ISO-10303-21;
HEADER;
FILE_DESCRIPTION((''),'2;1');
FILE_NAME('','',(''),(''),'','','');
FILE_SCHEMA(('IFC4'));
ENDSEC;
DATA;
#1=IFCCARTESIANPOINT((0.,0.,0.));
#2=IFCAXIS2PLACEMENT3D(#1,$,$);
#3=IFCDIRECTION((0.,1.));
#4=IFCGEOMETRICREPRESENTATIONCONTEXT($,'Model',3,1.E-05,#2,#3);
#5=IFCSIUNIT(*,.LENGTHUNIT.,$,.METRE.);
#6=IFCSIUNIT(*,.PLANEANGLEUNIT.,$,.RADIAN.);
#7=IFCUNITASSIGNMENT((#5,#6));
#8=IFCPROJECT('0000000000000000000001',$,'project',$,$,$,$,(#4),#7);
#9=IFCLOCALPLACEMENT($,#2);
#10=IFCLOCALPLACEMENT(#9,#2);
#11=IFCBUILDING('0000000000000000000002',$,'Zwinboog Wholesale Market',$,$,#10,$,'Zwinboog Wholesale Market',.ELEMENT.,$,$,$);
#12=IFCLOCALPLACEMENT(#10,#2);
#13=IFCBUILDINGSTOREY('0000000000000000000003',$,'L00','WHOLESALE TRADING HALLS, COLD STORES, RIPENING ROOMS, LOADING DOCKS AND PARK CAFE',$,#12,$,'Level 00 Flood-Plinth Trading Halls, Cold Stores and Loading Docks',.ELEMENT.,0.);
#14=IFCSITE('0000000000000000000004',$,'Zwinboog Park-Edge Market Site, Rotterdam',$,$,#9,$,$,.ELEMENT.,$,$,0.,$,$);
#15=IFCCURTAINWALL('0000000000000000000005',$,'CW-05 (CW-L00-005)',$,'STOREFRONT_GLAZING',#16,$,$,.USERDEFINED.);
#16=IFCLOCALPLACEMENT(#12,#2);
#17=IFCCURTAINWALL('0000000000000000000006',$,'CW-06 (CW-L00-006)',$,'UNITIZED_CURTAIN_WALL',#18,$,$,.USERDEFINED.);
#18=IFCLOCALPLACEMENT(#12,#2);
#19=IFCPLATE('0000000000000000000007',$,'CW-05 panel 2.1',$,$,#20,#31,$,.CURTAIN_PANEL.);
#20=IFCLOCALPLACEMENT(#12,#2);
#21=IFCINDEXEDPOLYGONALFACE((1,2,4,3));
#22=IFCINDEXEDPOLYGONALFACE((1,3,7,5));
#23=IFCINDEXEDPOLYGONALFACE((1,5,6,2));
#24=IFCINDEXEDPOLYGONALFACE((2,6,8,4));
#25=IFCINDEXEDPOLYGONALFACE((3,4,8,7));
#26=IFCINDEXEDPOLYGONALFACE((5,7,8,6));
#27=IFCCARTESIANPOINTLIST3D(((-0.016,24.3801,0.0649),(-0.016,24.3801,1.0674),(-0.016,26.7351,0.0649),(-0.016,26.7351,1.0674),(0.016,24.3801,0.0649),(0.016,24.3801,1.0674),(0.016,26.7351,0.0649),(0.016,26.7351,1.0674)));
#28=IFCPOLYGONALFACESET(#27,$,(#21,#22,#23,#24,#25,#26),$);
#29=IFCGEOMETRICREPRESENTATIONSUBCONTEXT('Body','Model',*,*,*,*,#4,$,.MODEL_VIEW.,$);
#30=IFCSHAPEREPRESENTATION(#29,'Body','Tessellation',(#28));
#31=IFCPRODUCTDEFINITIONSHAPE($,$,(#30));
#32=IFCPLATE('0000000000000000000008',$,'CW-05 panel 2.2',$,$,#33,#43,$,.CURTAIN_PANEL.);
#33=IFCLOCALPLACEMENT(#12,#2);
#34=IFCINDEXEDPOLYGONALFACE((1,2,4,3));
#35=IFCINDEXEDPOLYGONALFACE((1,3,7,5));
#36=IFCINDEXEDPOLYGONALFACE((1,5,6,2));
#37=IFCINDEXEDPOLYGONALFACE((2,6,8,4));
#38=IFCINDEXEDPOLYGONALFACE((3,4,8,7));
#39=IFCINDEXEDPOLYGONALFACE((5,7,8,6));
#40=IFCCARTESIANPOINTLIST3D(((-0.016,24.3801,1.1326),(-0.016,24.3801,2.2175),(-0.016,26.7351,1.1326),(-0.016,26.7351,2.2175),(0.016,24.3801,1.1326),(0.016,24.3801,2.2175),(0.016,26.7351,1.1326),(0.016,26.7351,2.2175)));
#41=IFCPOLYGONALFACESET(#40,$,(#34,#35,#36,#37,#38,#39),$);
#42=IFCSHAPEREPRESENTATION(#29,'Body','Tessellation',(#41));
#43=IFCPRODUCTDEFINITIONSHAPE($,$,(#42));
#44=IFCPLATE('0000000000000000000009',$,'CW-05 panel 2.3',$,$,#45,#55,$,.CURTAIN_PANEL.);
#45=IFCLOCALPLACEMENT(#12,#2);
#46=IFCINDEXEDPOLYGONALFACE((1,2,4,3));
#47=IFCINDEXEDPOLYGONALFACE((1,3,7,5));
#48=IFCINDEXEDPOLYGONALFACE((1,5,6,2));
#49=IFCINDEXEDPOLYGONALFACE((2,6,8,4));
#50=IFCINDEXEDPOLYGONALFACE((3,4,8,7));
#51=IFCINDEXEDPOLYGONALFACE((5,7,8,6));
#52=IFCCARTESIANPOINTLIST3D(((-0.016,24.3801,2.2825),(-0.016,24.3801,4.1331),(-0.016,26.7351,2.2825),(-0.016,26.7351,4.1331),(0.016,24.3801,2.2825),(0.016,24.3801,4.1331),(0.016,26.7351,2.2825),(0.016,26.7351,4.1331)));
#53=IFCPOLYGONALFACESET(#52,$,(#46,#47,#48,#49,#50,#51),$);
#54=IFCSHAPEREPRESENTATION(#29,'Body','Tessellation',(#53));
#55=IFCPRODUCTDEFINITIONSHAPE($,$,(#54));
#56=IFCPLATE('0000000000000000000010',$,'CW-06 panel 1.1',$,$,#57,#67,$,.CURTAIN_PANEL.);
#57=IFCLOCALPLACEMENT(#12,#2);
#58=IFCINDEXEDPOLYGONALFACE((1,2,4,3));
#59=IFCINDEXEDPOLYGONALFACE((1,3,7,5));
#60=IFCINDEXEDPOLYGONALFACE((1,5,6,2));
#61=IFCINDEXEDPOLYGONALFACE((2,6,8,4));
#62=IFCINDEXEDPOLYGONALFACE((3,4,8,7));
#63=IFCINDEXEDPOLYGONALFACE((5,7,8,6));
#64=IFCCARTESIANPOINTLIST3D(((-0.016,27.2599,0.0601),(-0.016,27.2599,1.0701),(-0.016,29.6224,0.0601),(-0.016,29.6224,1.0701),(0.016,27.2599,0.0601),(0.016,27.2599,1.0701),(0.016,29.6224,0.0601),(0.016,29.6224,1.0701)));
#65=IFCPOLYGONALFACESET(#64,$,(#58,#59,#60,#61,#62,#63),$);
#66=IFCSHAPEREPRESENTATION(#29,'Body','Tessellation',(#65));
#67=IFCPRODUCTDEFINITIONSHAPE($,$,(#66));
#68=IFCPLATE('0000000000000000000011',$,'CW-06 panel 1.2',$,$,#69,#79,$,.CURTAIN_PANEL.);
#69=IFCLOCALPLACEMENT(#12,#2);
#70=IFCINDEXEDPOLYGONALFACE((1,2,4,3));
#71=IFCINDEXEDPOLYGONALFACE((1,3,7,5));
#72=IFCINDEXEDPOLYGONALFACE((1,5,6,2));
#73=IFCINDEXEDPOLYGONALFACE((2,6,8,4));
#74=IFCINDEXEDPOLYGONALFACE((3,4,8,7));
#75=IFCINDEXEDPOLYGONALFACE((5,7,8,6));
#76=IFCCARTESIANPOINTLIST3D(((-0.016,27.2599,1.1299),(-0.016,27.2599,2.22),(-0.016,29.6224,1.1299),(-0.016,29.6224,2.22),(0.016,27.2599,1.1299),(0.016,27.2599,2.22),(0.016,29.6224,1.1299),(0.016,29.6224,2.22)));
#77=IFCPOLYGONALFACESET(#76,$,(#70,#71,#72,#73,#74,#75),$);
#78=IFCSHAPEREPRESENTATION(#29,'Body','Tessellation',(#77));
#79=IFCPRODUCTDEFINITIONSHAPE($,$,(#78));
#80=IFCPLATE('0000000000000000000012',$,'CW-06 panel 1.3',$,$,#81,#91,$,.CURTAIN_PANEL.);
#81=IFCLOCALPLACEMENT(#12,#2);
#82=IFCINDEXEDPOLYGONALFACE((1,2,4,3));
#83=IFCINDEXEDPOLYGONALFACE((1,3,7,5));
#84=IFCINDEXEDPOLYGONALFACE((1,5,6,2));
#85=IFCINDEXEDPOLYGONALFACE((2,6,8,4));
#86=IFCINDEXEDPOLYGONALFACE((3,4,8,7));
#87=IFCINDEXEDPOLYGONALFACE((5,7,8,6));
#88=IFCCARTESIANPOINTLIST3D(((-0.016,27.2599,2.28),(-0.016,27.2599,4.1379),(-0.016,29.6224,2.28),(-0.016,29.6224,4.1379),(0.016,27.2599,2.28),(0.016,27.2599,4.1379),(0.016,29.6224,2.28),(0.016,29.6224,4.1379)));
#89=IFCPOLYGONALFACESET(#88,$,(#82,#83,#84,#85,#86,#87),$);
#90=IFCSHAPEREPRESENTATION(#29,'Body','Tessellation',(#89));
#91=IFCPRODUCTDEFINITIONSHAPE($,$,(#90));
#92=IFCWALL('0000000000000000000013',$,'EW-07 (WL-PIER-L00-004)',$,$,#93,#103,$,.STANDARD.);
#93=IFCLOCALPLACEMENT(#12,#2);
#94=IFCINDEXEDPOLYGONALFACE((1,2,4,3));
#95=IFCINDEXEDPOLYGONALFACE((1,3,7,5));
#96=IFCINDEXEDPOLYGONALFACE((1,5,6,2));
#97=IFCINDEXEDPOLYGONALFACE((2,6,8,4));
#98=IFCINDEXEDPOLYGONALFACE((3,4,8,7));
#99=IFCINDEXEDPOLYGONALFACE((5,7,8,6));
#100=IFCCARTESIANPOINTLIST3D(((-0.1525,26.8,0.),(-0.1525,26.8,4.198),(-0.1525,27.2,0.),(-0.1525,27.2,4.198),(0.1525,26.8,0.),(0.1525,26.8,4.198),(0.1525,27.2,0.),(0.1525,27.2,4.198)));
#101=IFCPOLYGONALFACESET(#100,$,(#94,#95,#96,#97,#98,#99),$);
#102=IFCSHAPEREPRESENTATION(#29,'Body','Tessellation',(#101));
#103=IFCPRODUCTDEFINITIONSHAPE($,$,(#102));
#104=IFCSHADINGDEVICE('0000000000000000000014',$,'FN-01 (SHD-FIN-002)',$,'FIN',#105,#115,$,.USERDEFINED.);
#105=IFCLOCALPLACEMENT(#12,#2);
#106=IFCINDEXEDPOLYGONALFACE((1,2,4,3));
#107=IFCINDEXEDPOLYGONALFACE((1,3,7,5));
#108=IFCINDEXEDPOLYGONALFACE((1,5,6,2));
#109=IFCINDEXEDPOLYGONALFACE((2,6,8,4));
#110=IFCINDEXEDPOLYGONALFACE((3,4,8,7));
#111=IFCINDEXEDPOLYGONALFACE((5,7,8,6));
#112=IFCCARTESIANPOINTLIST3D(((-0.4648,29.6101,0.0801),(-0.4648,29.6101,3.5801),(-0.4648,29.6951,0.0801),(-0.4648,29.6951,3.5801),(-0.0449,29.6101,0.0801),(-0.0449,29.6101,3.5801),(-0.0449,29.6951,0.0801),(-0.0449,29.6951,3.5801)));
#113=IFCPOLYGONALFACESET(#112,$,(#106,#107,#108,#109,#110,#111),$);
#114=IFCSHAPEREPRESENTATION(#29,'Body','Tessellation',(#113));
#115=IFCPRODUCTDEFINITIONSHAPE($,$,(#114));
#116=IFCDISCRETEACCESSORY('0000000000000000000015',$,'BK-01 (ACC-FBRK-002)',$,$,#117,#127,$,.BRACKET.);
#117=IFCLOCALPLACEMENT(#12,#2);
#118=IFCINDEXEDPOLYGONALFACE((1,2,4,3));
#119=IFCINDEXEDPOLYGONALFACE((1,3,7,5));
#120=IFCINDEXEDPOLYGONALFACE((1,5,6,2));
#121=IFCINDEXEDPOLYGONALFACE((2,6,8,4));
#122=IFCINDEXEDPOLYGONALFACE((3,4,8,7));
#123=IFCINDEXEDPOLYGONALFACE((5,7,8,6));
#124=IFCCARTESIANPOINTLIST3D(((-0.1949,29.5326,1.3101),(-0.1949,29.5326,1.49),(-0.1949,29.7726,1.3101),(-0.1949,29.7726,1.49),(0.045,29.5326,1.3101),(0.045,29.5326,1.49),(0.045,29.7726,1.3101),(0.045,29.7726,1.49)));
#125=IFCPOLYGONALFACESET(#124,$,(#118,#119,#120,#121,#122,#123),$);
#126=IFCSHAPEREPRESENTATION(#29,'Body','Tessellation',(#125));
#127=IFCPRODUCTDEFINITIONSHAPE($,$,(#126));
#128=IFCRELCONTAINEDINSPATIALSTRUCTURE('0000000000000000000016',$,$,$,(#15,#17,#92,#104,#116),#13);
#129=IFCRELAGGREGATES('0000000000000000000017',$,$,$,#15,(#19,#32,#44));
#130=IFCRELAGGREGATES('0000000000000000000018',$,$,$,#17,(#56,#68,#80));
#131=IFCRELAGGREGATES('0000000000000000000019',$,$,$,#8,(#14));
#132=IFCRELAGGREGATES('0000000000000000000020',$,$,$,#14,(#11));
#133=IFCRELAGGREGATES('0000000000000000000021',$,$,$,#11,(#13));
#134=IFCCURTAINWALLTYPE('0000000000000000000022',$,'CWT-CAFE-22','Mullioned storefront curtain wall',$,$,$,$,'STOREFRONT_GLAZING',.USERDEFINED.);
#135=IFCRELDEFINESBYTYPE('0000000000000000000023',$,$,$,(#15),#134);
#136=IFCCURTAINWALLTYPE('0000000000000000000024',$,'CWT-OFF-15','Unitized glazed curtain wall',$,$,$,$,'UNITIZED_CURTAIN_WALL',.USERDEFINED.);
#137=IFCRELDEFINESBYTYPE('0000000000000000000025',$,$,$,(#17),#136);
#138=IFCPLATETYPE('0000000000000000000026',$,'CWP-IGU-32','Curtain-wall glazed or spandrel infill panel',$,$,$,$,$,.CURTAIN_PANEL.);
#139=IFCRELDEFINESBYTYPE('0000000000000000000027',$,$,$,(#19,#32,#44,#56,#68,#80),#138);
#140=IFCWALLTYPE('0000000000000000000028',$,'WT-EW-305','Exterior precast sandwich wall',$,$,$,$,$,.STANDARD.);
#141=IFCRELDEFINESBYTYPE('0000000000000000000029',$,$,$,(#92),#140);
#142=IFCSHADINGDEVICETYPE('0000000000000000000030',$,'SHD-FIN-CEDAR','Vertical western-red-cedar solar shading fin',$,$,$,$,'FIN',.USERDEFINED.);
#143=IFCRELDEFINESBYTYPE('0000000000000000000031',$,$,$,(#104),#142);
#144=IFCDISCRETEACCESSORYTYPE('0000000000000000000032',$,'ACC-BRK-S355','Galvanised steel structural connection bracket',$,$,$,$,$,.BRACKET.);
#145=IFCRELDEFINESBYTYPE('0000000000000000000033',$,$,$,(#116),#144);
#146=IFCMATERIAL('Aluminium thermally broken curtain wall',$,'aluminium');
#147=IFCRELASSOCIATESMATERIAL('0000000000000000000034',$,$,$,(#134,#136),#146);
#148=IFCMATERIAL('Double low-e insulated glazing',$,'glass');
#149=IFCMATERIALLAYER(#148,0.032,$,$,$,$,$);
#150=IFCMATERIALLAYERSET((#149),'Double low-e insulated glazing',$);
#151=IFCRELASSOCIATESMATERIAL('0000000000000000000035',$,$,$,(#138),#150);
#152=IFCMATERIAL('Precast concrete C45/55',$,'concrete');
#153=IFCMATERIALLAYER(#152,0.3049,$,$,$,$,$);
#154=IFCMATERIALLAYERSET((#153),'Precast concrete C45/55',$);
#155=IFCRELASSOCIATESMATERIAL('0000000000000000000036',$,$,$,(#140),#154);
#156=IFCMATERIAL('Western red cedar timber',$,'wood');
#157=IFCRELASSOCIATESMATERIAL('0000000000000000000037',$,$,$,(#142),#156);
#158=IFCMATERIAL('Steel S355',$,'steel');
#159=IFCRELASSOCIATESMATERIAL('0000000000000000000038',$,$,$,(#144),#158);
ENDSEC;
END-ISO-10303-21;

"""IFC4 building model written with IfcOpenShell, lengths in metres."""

from ifc_helpers import new_model, si_unit, direction, frame, frame_2d, origin, origin_2d, place, context, subcontext, project, spatial, rectangle, extrude, material, layer, layer_set, type_object, element, aggregate, save


model = new_model("IFC4")

# Units and contexts
model_context = context("Model", 3, precision=1e-05, world=origin(), true_north=direction((0.0, 1.0)))
body_context = subcontext(model_context, "Body", "Model", "MODEL_VIEW")
ifc_project = project(units=[si_unit("LENGTHUNIT", "METRE"), si_unit("PLANEANGLEUNIT", "RADIAN")], contexts=[model_context])

# Site, building, storey
site_placement = place(None, origin())
site = spatial("IfcSite", under=ifc_project, at=site_placement, Name="Zwinboog Park-Edge Market Site, Rotterdam", CompositionType="ELEMENT", RefElevation=0.0)
building_placement = place(site_placement, origin())
building = spatial("IfcBuilding", under=site, at=building_placement, Name="Zwinboog Wholesale Market", LongName="Zwinboog Wholesale Market", CompositionType="ELEMENT")
storey_placement = place(building_placement, origin())
storey = spatial("IfcBuildingStorey", under=building, at=storey_placement, Name="L00", Description="WHOLESALE TRADING HALLS, COLD STORES, RIPENING ROOMS, LOADING DOCKS AND PARK CAFE", LongName="Level 00 Flood-Plinth Trading Halls, Cold Stores and Loading Docks", CompositionType="ELEMENT", Elevation=0.0)

# Curtain wall
ifc_material_1 = material(Name="Aluminium thermally broken curtain wall", Category="aluminium")
curtain_wall_type_1 = type_object("IfcCurtainWallType", Name="CWT-CAFE-22", Description="Mullioned storefront curtain wall", ElementType="STOREFRONT_GLAZING", PredefinedType="USERDEFINED", material=ifc_material_1)
curtain_wall_1_placement = place(storey_placement, origin())
curtain_wall_1 = element("IfcCurtainWall", 1, at=curtain_wall_1_placement, inside=storey, type_object=curtain_wall_type_1, Name="CW-05 (CW-L00-005)", ObjectType="STOREFRONT_GLAZING", PredefinedType="USERDEFINED")

# Curtain wall
curtain_wall_type_2 = type_object("IfcCurtainWallType", Name="CWT-OFF-15", Description="Unitized glazed curtain wall", ElementType="UNITIZED_CURTAIN_WALL", PredefinedType="USERDEFINED", material=ifc_material_1)
curtain_wall_2_placement = place(storey_placement, origin())
curtain_wall_2 = element("IfcCurtainWall", 2, at=curtain_wall_2_placement, inside=storey, type_object=curtain_wall_type_2, Name="CW-06 (CW-L00-006)", ObjectType="UNITIZED_CURTAIN_WALL", PredefinedType="USERDEFINED")

# Plates
ifc_material_2 = material(Name="Double low-e insulated glazing", Category="glass")
ifc_layer_1 = layer(ifc_material_2, 0.032)
ifc_layer_set_1 = layer_set([ifc_layer_1], Name="Double low-e insulated glazing")
plate_type = type_object("IfcPlateType", Name="CWP-IGU-32", Description="Curtain-wall glazed or spandrel infill panel", PredefinedType="CURTAIN_PANEL", material=ifc_layer_set_1)
plate_1_placement = place(storey_placement, frame((0.0, 25.5576, 0.0649), z_axis=(0.0, 0.0, 1.0), x_axis=(0.0, 1.0, 0.0)))
plate_1 = element("IfcPlate", 3, at=plate_1_placement, type_object=plate_type, Name="CW-05 panel 2.1", PredefinedType="CURTAIN_PANEL", context=body_context, shape_type="SweptSolid", body=[
    extrude(rectangle(XDim=2.355, YDim=0.032, at=origin_2d()), origin(), (0.0, 0.0, 1.0), 1.0024),
])
plate_2_placement = place(storey_placement, frame((0.0, 25.5576, 1.1326), z_axis=(0.0, 0.0, 1.0), x_axis=(0.0, 1.0, 0.0)))
plate_2 = element("IfcPlate", 4, at=plate_2_placement, type_object=plate_type, Name="CW-05 panel 2.2", PredefinedType="CURTAIN_PANEL", context=body_context, shape_type="SweptSolid", body=[
    extrude(rectangle(XDim=2.355, YDim=0.032, at=origin_2d()), origin(), (0.0, 0.0, 1.0), 1.085),
])
plate_3_placement = place(storey_placement, frame((0.0, 25.5576, 2.2825), z_axis=(0.0, 0.0, 1.0), x_axis=(0.0, 1.0, 0.0)))
plate_3 = element("IfcPlate", 5, at=plate_3_placement, type_object=plate_type, Name="CW-05 panel 2.3", PredefinedType="CURTAIN_PANEL", context=body_context, shape_type="SweptSolid", body=[
    extrude(rectangle(XDim=2.355, YDim=0.032, at=origin_2d()), origin(), (0.0, 0.0, 1.0), 1.8506),
])
aggregate(curtain_wall_1, [plate_1, plate_2, plate_3])
plate_4_placement = place(storey_placement, frame((0.0, 28.4412, 0.0601), z_axis=(0.0, 0.0, 1.0), x_axis=(0.0, 1.0, 0.0)))
plate_4 = element("IfcPlate", 6, at=plate_4_placement, type_object=plate_type, Name="CW-06 panel 1.1", PredefinedType="CURTAIN_PANEL", context=body_context, shape_type="SweptSolid", body=[
    extrude(rectangle(XDim=2.3625, YDim=0.032, at=origin_2d()), origin(), (0.0, 0.0, 1.0), 1.01),
])
plate_5_placement = place(storey_placement, frame((0.0, 28.4412, 1.1299), z_axis=(0.0, 0.0, 1.0), x_axis=(0.0, 1.0, 0.0)))
plate_5 = element("IfcPlate", 7, at=plate_5_placement, type_object=plate_type, Name="CW-06 panel 1.2", PredefinedType="CURTAIN_PANEL", context=body_context, shape_type="SweptSolid", body=[
    extrude(rectangle(XDim=2.3625, YDim=0.032, at=origin_2d()), origin(), (0.0, 0.0, 1.0), 1.0901),
])
plate_6_placement = place(storey_placement, frame((0.0, 28.4412, 2.28), z_axis=(0.0, 0.0, 1.0), x_axis=(0.0, 1.0, 0.0)))
plate_6 = element("IfcPlate", 8, at=plate_6_placement, type_object=plate_type, Name="CW-06 panel 1.3", PredefinedType="CURTAIN_PANEL", context=body_context, shape_type="SweptSolid", body=[
    extrude(rectangle(XDim=2.3625, YDim=0.032, at=origin_2d()), origin(), (0.0, 0.0, 1.0), 1.8579),
])
aggregate(curtain_wall_2, [plate_4, plate_5, plate_6])

# Wall
ifc_material_3 = material(Name="Precast concrete C45/55", Category="concrete")
ifc_layer_2 = layer(ifc_material_3, 0.3049)
ifc_layer_set_2 = layer_set([ifc_layer_2], Name="Precast concrete C45/55")
wall_type = type_object("IfcWallType", Name="WT-EW-305", Description="Exterior precast sandwich wall", PredefinedType="STANDARD", material=ifc_layer_set_2)
wall_placement = place(storey_placement, frame((0.0, 26.8, 0.0), z_axis=(0.0, 0.0, 1.0), x_axis=(0.0, 1.0, 0.0)))
element("IfcWall", 9, at=wall_placement, inside=storey, type_object=wall_type, Name="EW-07 (WL-PIER-L00-004)", PredefinedType="STANDARD", context=body_context, shape_type="SweptSolid", body=[
    extrude(rectangle(XDim=0.3999, YDim=0.3049, at=frame_2d((0.2, 0.0))), origin(), (0.0, 0.0, 1.0), 4.198),
])

# Shading device
ifc_material_4 = material(Name="Western red cedar timber", Category="wood")
shading_device_type = type_object("IfcShadingDeviceType", Name="SHD-FIN-CEDAR", Description="Vertical western-red-cedar solar shading fin", ElementType="FIN", PredefinedType="USERDEFINED", material=ifc_material_4)
shading_device_placement = place(storey_placement, frame((-0.2549, 29.6526, 0.0801), z_axis=(0.0, 0.0, 1.0), x_axis=(1.0, 0.0, 0.0)))
element("IfcShadingDevice", 10, at=shading_device_placement, inside=storey, type_object=shading_device_type, Name="FN-01 (SHD-FIN-002)", ObjectType="FIN", PredefinedType="USERDEFINED", context=body_context, shape_type="SweptSolid", body=[
    extrude(rectangle(XDim=0.4199, YDim=0.085, at=origin_2d()), origin(), (0.0, 0.0, 1.0), 3.5),
])

# Discrete accessory
ifc_material_5 = material(Name="Steel S355", Category="steel")
discrete_accessory_type = type_object("IfcDiscreteAccessoryType", Name="ACC-BRK-S355", Description="Galvanised steel structural connection bracket", PredefinedType="BRACKET", material=ifc_material_5)
discrete_accessory_placement = place(storey_placement, frame((-0.075, 29.6526, 1.3101), z_axis=(0.0, 0.0, 1.0), x_axis=(1.0, 0.0, 0.0)))
element("IfcDiscreteAccessory", 11, at=discrete_accessory_placement, inside=storey, type_object=discrete_accessory_type, Name="BK-01 (ACC-FBRK-002)", PredefinedType="BRACKET", context=body_context, shape_type="SweptSolid", body=[
    extrude(rectangle(XDim=0.24, YDim=0.24, at=origin_2d()), origin(), (0.0, 0.0, 1.0), 0.1799),
])

save(model, "model.ifc")
